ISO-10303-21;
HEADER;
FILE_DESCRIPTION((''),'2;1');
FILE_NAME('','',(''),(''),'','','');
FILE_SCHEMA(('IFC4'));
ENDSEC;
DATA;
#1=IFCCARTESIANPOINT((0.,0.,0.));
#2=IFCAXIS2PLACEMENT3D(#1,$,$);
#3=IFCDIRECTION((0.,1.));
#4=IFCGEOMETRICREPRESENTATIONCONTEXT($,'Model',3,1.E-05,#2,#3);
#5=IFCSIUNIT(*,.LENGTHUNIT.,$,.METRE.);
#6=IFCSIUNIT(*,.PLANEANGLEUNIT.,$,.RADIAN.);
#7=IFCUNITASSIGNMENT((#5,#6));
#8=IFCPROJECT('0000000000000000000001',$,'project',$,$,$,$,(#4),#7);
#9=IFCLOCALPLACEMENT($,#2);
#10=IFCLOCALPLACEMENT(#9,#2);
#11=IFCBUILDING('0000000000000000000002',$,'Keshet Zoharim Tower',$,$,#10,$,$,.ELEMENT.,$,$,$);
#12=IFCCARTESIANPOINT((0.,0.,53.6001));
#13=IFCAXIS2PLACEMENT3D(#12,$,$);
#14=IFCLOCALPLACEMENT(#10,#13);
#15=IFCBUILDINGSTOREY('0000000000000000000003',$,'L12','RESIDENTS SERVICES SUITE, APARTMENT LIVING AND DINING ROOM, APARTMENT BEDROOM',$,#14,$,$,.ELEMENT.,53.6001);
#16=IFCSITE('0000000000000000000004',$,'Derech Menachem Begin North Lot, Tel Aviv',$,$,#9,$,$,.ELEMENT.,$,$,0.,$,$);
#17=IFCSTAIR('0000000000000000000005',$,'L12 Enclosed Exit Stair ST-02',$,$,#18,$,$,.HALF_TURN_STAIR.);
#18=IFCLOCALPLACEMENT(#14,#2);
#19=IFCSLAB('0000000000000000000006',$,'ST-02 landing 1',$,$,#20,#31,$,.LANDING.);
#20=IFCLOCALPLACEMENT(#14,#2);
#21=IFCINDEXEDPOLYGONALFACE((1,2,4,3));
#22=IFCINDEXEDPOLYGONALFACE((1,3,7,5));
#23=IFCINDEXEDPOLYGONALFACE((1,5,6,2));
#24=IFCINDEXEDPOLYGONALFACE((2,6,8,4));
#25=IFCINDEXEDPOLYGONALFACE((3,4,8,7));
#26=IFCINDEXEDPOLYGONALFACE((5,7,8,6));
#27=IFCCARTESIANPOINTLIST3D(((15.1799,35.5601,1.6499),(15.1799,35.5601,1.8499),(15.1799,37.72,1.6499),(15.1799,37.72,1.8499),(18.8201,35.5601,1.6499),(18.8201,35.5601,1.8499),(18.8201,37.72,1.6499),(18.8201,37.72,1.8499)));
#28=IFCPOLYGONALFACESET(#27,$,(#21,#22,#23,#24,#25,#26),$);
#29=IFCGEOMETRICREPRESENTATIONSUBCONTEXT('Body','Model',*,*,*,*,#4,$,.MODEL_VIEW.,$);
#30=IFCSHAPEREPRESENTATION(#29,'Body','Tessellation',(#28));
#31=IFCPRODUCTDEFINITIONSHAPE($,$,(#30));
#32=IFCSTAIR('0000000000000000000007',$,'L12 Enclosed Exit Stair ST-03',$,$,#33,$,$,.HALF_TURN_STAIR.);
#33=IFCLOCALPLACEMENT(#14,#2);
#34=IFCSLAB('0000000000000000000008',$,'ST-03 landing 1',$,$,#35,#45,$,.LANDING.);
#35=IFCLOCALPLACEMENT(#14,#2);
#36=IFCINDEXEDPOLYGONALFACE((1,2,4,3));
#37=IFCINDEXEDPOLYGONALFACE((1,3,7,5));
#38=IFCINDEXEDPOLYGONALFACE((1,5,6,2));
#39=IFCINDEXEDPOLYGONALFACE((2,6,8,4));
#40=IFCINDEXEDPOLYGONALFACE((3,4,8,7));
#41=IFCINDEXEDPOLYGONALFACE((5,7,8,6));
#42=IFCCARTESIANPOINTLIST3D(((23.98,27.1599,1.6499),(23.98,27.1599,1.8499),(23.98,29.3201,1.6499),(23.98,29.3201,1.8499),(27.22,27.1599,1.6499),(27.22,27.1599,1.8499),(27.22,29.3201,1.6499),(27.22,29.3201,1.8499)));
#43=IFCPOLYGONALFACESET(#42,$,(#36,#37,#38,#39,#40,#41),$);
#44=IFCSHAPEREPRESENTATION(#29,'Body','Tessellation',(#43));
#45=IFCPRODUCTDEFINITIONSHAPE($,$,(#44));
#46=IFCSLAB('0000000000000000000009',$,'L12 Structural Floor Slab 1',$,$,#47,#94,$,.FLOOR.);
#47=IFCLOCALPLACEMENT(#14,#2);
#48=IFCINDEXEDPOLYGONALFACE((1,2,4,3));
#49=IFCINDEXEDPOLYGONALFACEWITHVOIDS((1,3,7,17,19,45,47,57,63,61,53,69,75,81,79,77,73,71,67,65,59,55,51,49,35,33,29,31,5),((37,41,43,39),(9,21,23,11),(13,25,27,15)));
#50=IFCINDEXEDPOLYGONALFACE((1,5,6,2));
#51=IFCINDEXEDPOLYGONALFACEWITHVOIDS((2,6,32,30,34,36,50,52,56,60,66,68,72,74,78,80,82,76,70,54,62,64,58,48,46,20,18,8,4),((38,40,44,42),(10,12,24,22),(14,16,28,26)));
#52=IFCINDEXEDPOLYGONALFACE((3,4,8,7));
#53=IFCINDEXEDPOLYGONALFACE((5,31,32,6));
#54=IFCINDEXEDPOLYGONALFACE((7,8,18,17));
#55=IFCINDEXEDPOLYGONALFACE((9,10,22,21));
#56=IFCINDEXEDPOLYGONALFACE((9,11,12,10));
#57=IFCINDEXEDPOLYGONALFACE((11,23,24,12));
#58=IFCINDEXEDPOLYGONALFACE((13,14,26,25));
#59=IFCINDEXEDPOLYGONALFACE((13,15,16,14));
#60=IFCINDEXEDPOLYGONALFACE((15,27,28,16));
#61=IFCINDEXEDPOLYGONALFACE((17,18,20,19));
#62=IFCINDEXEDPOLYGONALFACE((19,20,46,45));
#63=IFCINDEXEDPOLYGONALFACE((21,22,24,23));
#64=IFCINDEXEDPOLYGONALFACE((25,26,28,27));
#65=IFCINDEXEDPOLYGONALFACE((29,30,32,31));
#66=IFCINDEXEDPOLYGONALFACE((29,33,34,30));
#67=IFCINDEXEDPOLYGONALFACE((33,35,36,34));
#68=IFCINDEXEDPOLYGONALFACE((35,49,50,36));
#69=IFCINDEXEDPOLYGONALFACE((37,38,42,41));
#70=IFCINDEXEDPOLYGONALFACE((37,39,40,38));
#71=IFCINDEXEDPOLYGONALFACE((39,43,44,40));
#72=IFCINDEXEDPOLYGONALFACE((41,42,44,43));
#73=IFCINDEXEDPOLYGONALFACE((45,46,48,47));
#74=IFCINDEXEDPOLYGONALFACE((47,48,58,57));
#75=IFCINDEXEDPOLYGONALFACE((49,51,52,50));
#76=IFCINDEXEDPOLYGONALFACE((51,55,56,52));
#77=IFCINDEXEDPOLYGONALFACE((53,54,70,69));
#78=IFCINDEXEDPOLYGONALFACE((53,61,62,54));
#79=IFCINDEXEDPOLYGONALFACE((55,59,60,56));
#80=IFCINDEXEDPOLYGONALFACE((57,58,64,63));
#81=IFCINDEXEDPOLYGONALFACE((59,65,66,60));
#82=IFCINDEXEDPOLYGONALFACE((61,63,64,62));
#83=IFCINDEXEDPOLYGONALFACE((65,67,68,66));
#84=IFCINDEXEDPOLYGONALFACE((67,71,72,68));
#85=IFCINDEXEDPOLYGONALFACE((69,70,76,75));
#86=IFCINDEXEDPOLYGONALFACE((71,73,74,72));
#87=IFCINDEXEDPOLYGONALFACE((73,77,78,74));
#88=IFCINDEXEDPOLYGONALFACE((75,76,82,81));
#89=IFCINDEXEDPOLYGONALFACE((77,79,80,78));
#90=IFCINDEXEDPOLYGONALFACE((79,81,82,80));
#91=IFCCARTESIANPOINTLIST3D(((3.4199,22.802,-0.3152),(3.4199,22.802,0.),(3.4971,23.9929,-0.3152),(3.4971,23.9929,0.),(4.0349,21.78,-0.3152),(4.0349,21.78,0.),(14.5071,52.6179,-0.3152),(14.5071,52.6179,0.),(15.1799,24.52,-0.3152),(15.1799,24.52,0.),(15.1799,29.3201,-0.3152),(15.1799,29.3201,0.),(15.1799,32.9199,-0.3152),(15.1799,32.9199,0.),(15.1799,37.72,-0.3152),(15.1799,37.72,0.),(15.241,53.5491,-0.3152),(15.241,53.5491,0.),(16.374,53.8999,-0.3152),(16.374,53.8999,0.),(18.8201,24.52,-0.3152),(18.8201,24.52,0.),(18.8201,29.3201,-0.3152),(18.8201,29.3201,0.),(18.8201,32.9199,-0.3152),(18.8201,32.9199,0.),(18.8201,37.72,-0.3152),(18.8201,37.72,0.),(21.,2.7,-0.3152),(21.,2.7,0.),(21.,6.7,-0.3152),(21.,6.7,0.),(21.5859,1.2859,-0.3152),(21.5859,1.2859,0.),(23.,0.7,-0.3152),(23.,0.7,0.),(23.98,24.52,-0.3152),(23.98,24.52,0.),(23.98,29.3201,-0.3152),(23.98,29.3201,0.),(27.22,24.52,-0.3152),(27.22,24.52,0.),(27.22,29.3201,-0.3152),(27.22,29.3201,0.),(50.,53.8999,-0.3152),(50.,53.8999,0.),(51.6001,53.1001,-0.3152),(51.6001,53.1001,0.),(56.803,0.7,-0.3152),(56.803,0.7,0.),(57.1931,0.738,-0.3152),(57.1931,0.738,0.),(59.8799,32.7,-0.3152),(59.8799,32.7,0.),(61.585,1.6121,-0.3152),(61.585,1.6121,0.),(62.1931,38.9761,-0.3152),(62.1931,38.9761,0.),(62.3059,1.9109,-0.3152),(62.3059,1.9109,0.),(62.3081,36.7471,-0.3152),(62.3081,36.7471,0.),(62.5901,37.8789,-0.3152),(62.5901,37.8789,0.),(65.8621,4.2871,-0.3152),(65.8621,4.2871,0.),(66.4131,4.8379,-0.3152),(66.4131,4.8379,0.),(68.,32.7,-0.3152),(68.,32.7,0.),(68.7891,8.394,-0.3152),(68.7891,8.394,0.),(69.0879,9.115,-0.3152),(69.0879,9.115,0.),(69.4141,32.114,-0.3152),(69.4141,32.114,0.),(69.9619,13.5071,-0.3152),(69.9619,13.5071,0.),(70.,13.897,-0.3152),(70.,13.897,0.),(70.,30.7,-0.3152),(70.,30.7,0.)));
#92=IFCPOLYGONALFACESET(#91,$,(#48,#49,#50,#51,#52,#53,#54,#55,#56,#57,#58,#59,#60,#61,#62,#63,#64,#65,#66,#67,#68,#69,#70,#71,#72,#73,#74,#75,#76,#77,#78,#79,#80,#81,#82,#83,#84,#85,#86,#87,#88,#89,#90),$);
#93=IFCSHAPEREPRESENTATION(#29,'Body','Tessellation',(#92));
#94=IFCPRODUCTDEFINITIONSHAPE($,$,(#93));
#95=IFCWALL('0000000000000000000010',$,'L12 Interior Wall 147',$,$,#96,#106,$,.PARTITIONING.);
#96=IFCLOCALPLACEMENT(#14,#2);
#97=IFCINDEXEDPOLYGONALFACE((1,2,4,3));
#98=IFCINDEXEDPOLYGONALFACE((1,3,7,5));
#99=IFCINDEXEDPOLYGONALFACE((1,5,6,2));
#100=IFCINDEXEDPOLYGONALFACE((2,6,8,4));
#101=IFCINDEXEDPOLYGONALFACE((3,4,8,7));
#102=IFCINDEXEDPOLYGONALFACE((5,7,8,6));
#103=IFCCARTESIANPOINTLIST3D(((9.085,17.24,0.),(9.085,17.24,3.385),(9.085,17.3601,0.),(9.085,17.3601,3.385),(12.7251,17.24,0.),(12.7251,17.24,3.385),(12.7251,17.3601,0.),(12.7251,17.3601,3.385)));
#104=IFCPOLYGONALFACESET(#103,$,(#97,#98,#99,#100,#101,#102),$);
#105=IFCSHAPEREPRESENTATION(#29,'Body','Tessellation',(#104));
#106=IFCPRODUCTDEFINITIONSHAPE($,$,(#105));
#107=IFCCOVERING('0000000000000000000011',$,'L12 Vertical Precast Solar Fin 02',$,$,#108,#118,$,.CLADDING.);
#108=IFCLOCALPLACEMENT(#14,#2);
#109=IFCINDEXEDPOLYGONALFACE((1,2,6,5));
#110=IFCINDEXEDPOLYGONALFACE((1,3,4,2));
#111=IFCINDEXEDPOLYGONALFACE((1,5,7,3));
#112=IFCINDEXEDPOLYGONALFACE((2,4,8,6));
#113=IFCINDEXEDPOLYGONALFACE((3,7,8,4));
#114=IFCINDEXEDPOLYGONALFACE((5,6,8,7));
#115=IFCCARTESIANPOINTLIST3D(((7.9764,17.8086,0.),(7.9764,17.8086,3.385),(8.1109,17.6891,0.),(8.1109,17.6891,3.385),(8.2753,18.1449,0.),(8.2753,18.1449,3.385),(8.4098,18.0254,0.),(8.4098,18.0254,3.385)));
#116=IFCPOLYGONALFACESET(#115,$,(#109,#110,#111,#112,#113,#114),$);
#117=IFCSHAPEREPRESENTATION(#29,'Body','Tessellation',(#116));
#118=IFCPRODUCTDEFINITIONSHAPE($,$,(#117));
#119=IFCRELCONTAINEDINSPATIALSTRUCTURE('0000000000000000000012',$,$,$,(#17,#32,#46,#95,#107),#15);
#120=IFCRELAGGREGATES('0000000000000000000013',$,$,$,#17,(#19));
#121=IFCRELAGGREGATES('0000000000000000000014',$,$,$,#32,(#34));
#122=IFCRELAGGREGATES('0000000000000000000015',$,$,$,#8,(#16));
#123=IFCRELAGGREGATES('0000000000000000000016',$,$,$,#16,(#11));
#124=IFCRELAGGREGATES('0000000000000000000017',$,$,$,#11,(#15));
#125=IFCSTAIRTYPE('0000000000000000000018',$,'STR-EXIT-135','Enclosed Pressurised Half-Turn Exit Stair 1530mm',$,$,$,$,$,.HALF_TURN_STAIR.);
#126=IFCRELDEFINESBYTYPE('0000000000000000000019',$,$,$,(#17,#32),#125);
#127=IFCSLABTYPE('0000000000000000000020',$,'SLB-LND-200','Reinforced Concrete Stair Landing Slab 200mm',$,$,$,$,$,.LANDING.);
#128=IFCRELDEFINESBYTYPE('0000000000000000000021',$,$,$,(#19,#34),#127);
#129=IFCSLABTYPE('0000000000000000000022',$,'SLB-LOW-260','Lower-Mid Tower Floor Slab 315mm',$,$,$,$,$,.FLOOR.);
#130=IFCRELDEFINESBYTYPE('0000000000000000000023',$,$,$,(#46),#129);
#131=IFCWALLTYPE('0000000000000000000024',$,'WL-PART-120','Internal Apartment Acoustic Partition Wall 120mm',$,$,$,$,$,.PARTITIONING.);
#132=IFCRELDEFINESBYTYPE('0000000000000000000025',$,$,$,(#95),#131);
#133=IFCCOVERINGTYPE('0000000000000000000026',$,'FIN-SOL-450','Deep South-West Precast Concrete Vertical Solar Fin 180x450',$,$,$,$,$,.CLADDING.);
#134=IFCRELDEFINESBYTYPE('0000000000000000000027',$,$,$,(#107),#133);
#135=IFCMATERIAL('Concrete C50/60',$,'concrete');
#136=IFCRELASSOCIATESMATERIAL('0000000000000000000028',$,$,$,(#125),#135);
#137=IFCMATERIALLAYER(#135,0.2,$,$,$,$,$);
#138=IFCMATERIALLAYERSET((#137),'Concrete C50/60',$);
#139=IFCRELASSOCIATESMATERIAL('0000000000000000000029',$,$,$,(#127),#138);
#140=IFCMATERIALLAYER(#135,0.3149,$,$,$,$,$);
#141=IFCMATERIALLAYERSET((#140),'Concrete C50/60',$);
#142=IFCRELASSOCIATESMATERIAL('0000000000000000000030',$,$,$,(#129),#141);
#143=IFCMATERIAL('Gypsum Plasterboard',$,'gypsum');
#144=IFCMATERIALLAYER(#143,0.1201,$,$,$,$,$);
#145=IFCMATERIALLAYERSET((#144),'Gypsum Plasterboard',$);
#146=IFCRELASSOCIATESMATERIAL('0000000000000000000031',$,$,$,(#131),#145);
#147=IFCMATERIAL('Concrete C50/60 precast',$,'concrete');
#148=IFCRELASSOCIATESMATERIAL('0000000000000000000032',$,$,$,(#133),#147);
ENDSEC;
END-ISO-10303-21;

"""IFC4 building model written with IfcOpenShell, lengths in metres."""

from ifc_helpers import new_model, si_unit, direction, frame, frame_2d, origin, origin_2d, place, context, subcontext, project, spatial, polyline, rectangle, outline, extrude, material, layer, layer_set, type_object, element, aggregate, save


model = new_model("IFC4")

# Units and contexts
model_context = context("Model", 3, precision=1e-05, world=origin(), true_north=direction((0.0, 1.0)))
body_context = subcontext(model_context, "Body", "Model", "MODEL_VIEW")
ifc_project = project(units=[si_unit("LENGTHUNIT", "METRE"), si_unit("PLANEANGLEUNIT", "RADIAN")], contexts=[model_context])

# Site, building, storey
site_placement = place(None, origin())
site = spatial("IfcSite", under=ifc_project, at=site_placement, Name="Derech Menachem Begin North Lot, Tel Aviv", CompositionType="ELEMENT", RefElevation=0.0)
building_placement = place(site_placement, origin())
building = spatial("IfcBuilding", under=site, at=building_placement, Name="Keshet Zoharim Tower", CompositionType="ELEMENT")
storey_placement = place(building_placement, frame((0.0, 0.0, 53.6001)))
storey = spatial("IfcBuildingStorey", under=building, at=storey_placement, Name="L12", Description="RESIDENTS SERVICES SUITE, APARTMENT LIVING AND DINING ROOM, APARTMENT BEDROOM", CompositionType="ELEMENT", Elevation=53.6001)

# Stairs, slabs
ifc_material_1 = material(Name="Concrete C50/60", Category="concrete")
stair_type = type_object("IfcStairType", Name="STR-EXIT-135", Description="Enclosed Pressurised Half-Turn Exit Stair 1530mm", PredefinedType="HALF_TURN_STAIR", material=ifc_material_1)
ifc_layer_1 = layer(ifc_material_1, 0.2)
ifc_layer_set_1 = layer_set([ifc_layer_1], Name="Concrete C50/60")
slab_type_1 = type_object("IfcSlabType", Name="SLB-LND-200", Description="Reinforced Concrete Stair Landing Slab 200mm", PredefinedType="LANDING", material=ifc_layer_set_1)
stair_1_placement = place(storey_placement, origin())
stair_1 = element("IfcStair", 1, at=stair_1_placement, inside=storey, type_object=stair_type, Name="L12 Enclosed Exit Stair ST-02", PredefinedType="HALF_TURN_STAIR")
slab_1_placement = place(storey_placement, frame((0.0, 0.0, 1.6499)))
slab_1 = element("IfcSlab", 2, at=slab_1_placement, type_object=slab_type_1, Name="ST-02 landing 1", PredefinedType="LANDING", context=body_context, shape_type="SweptSolid", body=[
    extrude(outline(polyline([(15.1799, 35.5601), (18.8201, 35.5601), (18.8201, 37.72), (15.1799, 37.72), (15.1799, 35.5601)])), origin(), (0.0, 0.0, 1.0), 0.2),
])
aggregate(stair_1, [slab_1])
stair_2_placement = place(storey_placement, origin())
stair_2 = element("IfcStair", 3, at=stair_2_placement, inside=storey, type_object=stair_type, Name="L12 Enclosed Exit Stair ST-03", PredefinedType="HALF_TURN_STAIR")
slab_2_placement = place(storey_placement, frame((0.0, 0.0, 1.6499)))
slab_2 = element("IfcSlab", 4, at=slab_2_placement, type_object=slab_type_1, Name="ST-03 landing 1", PredefinedType="LANDING", context=body_context, shape_type="SweptSolid", body=[
    extrude(outline(polyline([(23.98, 27.1599), (27.22, 27.1599), (27.22, 29.3201), (23.98, 29.3201), (23.98, 27.1599)])), origin(), (0.0, 0.0, 1.0), 0.2),
])
aggregate(stair_2, [slab_2])

# Slab
ifc_layer_2 = layer(ifc_material_1, 0.3149)
ifc_layer_set_2 = layer_set([ifc_layer_2], Name="Concrete C50/60")
slab_type_2 = type_object("IfcSlabType", Name="SLB-LOW-260", Description="Lower-Mid Tower Floor Slab 315mm", PredefinedType="FLOOR", material=ifc_layer_set_2)
slab_3_placement = place(storey_placement, frame((0.0, 0.0, -0.3152)))
element("IfcSlab", 5, at=slab_3_placement, inside=storey, type_object=slab_type_2, Name="L12 Structural Floor Slab 1", PredefinedType="FLOOR", context=body_context, shape_type="SweptSolid", body=[
    extrude(outline(polyline([(21.0, 6.7), (4.0349, 21.78), (3.4199, 22.802), (3.4971, 23.9929), (14.5071, 52.6179), (15.241, 53.5491), (16.374, 53.8999), (50.0, 53.8999), (51.6001, 53.1001), (62.1931, 38.9761), (62.5901, 37.8789), (62.3081, 36.7471), (59.8799, 32.7), (68.0, 32.7), (69.4141, 32.114), (70.0, 30.7), (70.0, 13.897), (69.9619, 13.5071), (69.0879, 9.115), (68.7891, 8.394), (66.4131, 4.8379), (65.8621, 4.2871), (62.3059, 1.9109), (61.585, 1.6121), (57.1931, 0.738), (56.803, 0.7), (23.0, 0.7), (21.5859, 1.2859), (21.0, 2.7), (21.0, 6.7)]), holes=[polyline([(15.1799, 24.52), (18.8201, 24.52), (18.8201, 29.3201), (15.1799, 29.3201), (15.1799, 24.52)]), polyline([(15.1799, 32.9199), (18.8201, 32.9199), (18.8201, 37.72), (15.1799, 37.72), (15.1799, 32.9199)]), polyline([(23.98, 24.52), (27.22, 24.52), (27.22, 29.3201), (23.98, 29.3201), (23.98, 24.52)])]), origin(), (0.0, 0.0, 1.0), 0.3152),
])

# Shared definitions
ifc_material_2 = material(Name="Gypsum Plasterboard", Category="gypsum")

# Wall
ifc_layer_3 = layer(ifc_material_2, 0.1201)
ifc_layer_set_3 = layer_set([ifc_layer_3], Name="Gypsum Plasterboard")
wall_type_1 = type_object("IfcWallType", Name="WL-PART-120", Description="Internal Apartment Acoustic Partition Wall 120mm", PredefinedType="PARTITIONING", material=ifc_layer_set_3)
wall_1_placement = place(storey_placement, frame((9.085, 17.3, 0.0), z_axis=(0.0, 0.0, 1.0), x_axis=(1.0, 0.0, 0.0)))
element("IfcWall", 6, at=wall_1_placement, inside=storey, type_object=wall_type_1, Name="L12 Interior Wall 147", PredefinedType="PARTITIONING", context=body_context, shape_type="SweptSolid", body=[
    extrude(rectangle(XDim=3.6401, YDim=0.1201, at=frame_2d((1.8201, 0.0))), origin(), (0.0, 0.0, 1.0), 3.385),
])

# Covering
ifc_material_3 = material(Name="Concrete C50/60 precast", Category="concrete")
covering_type = type_object("IfcCoveringType", Name="FIN-SOL-450", Description="Deep South-West Precast Concrete Vertical Solar Fin 180x450", PredefinedType="CLADDING", material=ifc_material_3)
covering_placement = place(storey_placement, frame((8.1931, 17.917, 0.0), z_axis=(0.0, 0.0, 1.0), x_axis=(-0.747409, 0.664364, 0.0)))
element("IfcCovering", 7, at=covering_placement, inside=storey, type_object=covering_type, Name="L12 Vertical Precast Solar Fin 02", PredefinedType="CLADDING", context=body_context, shape_type="SweptSolid", body=[
    extrude(rectangle(XDim=0.1799, YDim=0.45, at=origin_2d()), origin(), (0.0, 0.0, 1.0), 3.385),
])

save(model, "model.ifc")
